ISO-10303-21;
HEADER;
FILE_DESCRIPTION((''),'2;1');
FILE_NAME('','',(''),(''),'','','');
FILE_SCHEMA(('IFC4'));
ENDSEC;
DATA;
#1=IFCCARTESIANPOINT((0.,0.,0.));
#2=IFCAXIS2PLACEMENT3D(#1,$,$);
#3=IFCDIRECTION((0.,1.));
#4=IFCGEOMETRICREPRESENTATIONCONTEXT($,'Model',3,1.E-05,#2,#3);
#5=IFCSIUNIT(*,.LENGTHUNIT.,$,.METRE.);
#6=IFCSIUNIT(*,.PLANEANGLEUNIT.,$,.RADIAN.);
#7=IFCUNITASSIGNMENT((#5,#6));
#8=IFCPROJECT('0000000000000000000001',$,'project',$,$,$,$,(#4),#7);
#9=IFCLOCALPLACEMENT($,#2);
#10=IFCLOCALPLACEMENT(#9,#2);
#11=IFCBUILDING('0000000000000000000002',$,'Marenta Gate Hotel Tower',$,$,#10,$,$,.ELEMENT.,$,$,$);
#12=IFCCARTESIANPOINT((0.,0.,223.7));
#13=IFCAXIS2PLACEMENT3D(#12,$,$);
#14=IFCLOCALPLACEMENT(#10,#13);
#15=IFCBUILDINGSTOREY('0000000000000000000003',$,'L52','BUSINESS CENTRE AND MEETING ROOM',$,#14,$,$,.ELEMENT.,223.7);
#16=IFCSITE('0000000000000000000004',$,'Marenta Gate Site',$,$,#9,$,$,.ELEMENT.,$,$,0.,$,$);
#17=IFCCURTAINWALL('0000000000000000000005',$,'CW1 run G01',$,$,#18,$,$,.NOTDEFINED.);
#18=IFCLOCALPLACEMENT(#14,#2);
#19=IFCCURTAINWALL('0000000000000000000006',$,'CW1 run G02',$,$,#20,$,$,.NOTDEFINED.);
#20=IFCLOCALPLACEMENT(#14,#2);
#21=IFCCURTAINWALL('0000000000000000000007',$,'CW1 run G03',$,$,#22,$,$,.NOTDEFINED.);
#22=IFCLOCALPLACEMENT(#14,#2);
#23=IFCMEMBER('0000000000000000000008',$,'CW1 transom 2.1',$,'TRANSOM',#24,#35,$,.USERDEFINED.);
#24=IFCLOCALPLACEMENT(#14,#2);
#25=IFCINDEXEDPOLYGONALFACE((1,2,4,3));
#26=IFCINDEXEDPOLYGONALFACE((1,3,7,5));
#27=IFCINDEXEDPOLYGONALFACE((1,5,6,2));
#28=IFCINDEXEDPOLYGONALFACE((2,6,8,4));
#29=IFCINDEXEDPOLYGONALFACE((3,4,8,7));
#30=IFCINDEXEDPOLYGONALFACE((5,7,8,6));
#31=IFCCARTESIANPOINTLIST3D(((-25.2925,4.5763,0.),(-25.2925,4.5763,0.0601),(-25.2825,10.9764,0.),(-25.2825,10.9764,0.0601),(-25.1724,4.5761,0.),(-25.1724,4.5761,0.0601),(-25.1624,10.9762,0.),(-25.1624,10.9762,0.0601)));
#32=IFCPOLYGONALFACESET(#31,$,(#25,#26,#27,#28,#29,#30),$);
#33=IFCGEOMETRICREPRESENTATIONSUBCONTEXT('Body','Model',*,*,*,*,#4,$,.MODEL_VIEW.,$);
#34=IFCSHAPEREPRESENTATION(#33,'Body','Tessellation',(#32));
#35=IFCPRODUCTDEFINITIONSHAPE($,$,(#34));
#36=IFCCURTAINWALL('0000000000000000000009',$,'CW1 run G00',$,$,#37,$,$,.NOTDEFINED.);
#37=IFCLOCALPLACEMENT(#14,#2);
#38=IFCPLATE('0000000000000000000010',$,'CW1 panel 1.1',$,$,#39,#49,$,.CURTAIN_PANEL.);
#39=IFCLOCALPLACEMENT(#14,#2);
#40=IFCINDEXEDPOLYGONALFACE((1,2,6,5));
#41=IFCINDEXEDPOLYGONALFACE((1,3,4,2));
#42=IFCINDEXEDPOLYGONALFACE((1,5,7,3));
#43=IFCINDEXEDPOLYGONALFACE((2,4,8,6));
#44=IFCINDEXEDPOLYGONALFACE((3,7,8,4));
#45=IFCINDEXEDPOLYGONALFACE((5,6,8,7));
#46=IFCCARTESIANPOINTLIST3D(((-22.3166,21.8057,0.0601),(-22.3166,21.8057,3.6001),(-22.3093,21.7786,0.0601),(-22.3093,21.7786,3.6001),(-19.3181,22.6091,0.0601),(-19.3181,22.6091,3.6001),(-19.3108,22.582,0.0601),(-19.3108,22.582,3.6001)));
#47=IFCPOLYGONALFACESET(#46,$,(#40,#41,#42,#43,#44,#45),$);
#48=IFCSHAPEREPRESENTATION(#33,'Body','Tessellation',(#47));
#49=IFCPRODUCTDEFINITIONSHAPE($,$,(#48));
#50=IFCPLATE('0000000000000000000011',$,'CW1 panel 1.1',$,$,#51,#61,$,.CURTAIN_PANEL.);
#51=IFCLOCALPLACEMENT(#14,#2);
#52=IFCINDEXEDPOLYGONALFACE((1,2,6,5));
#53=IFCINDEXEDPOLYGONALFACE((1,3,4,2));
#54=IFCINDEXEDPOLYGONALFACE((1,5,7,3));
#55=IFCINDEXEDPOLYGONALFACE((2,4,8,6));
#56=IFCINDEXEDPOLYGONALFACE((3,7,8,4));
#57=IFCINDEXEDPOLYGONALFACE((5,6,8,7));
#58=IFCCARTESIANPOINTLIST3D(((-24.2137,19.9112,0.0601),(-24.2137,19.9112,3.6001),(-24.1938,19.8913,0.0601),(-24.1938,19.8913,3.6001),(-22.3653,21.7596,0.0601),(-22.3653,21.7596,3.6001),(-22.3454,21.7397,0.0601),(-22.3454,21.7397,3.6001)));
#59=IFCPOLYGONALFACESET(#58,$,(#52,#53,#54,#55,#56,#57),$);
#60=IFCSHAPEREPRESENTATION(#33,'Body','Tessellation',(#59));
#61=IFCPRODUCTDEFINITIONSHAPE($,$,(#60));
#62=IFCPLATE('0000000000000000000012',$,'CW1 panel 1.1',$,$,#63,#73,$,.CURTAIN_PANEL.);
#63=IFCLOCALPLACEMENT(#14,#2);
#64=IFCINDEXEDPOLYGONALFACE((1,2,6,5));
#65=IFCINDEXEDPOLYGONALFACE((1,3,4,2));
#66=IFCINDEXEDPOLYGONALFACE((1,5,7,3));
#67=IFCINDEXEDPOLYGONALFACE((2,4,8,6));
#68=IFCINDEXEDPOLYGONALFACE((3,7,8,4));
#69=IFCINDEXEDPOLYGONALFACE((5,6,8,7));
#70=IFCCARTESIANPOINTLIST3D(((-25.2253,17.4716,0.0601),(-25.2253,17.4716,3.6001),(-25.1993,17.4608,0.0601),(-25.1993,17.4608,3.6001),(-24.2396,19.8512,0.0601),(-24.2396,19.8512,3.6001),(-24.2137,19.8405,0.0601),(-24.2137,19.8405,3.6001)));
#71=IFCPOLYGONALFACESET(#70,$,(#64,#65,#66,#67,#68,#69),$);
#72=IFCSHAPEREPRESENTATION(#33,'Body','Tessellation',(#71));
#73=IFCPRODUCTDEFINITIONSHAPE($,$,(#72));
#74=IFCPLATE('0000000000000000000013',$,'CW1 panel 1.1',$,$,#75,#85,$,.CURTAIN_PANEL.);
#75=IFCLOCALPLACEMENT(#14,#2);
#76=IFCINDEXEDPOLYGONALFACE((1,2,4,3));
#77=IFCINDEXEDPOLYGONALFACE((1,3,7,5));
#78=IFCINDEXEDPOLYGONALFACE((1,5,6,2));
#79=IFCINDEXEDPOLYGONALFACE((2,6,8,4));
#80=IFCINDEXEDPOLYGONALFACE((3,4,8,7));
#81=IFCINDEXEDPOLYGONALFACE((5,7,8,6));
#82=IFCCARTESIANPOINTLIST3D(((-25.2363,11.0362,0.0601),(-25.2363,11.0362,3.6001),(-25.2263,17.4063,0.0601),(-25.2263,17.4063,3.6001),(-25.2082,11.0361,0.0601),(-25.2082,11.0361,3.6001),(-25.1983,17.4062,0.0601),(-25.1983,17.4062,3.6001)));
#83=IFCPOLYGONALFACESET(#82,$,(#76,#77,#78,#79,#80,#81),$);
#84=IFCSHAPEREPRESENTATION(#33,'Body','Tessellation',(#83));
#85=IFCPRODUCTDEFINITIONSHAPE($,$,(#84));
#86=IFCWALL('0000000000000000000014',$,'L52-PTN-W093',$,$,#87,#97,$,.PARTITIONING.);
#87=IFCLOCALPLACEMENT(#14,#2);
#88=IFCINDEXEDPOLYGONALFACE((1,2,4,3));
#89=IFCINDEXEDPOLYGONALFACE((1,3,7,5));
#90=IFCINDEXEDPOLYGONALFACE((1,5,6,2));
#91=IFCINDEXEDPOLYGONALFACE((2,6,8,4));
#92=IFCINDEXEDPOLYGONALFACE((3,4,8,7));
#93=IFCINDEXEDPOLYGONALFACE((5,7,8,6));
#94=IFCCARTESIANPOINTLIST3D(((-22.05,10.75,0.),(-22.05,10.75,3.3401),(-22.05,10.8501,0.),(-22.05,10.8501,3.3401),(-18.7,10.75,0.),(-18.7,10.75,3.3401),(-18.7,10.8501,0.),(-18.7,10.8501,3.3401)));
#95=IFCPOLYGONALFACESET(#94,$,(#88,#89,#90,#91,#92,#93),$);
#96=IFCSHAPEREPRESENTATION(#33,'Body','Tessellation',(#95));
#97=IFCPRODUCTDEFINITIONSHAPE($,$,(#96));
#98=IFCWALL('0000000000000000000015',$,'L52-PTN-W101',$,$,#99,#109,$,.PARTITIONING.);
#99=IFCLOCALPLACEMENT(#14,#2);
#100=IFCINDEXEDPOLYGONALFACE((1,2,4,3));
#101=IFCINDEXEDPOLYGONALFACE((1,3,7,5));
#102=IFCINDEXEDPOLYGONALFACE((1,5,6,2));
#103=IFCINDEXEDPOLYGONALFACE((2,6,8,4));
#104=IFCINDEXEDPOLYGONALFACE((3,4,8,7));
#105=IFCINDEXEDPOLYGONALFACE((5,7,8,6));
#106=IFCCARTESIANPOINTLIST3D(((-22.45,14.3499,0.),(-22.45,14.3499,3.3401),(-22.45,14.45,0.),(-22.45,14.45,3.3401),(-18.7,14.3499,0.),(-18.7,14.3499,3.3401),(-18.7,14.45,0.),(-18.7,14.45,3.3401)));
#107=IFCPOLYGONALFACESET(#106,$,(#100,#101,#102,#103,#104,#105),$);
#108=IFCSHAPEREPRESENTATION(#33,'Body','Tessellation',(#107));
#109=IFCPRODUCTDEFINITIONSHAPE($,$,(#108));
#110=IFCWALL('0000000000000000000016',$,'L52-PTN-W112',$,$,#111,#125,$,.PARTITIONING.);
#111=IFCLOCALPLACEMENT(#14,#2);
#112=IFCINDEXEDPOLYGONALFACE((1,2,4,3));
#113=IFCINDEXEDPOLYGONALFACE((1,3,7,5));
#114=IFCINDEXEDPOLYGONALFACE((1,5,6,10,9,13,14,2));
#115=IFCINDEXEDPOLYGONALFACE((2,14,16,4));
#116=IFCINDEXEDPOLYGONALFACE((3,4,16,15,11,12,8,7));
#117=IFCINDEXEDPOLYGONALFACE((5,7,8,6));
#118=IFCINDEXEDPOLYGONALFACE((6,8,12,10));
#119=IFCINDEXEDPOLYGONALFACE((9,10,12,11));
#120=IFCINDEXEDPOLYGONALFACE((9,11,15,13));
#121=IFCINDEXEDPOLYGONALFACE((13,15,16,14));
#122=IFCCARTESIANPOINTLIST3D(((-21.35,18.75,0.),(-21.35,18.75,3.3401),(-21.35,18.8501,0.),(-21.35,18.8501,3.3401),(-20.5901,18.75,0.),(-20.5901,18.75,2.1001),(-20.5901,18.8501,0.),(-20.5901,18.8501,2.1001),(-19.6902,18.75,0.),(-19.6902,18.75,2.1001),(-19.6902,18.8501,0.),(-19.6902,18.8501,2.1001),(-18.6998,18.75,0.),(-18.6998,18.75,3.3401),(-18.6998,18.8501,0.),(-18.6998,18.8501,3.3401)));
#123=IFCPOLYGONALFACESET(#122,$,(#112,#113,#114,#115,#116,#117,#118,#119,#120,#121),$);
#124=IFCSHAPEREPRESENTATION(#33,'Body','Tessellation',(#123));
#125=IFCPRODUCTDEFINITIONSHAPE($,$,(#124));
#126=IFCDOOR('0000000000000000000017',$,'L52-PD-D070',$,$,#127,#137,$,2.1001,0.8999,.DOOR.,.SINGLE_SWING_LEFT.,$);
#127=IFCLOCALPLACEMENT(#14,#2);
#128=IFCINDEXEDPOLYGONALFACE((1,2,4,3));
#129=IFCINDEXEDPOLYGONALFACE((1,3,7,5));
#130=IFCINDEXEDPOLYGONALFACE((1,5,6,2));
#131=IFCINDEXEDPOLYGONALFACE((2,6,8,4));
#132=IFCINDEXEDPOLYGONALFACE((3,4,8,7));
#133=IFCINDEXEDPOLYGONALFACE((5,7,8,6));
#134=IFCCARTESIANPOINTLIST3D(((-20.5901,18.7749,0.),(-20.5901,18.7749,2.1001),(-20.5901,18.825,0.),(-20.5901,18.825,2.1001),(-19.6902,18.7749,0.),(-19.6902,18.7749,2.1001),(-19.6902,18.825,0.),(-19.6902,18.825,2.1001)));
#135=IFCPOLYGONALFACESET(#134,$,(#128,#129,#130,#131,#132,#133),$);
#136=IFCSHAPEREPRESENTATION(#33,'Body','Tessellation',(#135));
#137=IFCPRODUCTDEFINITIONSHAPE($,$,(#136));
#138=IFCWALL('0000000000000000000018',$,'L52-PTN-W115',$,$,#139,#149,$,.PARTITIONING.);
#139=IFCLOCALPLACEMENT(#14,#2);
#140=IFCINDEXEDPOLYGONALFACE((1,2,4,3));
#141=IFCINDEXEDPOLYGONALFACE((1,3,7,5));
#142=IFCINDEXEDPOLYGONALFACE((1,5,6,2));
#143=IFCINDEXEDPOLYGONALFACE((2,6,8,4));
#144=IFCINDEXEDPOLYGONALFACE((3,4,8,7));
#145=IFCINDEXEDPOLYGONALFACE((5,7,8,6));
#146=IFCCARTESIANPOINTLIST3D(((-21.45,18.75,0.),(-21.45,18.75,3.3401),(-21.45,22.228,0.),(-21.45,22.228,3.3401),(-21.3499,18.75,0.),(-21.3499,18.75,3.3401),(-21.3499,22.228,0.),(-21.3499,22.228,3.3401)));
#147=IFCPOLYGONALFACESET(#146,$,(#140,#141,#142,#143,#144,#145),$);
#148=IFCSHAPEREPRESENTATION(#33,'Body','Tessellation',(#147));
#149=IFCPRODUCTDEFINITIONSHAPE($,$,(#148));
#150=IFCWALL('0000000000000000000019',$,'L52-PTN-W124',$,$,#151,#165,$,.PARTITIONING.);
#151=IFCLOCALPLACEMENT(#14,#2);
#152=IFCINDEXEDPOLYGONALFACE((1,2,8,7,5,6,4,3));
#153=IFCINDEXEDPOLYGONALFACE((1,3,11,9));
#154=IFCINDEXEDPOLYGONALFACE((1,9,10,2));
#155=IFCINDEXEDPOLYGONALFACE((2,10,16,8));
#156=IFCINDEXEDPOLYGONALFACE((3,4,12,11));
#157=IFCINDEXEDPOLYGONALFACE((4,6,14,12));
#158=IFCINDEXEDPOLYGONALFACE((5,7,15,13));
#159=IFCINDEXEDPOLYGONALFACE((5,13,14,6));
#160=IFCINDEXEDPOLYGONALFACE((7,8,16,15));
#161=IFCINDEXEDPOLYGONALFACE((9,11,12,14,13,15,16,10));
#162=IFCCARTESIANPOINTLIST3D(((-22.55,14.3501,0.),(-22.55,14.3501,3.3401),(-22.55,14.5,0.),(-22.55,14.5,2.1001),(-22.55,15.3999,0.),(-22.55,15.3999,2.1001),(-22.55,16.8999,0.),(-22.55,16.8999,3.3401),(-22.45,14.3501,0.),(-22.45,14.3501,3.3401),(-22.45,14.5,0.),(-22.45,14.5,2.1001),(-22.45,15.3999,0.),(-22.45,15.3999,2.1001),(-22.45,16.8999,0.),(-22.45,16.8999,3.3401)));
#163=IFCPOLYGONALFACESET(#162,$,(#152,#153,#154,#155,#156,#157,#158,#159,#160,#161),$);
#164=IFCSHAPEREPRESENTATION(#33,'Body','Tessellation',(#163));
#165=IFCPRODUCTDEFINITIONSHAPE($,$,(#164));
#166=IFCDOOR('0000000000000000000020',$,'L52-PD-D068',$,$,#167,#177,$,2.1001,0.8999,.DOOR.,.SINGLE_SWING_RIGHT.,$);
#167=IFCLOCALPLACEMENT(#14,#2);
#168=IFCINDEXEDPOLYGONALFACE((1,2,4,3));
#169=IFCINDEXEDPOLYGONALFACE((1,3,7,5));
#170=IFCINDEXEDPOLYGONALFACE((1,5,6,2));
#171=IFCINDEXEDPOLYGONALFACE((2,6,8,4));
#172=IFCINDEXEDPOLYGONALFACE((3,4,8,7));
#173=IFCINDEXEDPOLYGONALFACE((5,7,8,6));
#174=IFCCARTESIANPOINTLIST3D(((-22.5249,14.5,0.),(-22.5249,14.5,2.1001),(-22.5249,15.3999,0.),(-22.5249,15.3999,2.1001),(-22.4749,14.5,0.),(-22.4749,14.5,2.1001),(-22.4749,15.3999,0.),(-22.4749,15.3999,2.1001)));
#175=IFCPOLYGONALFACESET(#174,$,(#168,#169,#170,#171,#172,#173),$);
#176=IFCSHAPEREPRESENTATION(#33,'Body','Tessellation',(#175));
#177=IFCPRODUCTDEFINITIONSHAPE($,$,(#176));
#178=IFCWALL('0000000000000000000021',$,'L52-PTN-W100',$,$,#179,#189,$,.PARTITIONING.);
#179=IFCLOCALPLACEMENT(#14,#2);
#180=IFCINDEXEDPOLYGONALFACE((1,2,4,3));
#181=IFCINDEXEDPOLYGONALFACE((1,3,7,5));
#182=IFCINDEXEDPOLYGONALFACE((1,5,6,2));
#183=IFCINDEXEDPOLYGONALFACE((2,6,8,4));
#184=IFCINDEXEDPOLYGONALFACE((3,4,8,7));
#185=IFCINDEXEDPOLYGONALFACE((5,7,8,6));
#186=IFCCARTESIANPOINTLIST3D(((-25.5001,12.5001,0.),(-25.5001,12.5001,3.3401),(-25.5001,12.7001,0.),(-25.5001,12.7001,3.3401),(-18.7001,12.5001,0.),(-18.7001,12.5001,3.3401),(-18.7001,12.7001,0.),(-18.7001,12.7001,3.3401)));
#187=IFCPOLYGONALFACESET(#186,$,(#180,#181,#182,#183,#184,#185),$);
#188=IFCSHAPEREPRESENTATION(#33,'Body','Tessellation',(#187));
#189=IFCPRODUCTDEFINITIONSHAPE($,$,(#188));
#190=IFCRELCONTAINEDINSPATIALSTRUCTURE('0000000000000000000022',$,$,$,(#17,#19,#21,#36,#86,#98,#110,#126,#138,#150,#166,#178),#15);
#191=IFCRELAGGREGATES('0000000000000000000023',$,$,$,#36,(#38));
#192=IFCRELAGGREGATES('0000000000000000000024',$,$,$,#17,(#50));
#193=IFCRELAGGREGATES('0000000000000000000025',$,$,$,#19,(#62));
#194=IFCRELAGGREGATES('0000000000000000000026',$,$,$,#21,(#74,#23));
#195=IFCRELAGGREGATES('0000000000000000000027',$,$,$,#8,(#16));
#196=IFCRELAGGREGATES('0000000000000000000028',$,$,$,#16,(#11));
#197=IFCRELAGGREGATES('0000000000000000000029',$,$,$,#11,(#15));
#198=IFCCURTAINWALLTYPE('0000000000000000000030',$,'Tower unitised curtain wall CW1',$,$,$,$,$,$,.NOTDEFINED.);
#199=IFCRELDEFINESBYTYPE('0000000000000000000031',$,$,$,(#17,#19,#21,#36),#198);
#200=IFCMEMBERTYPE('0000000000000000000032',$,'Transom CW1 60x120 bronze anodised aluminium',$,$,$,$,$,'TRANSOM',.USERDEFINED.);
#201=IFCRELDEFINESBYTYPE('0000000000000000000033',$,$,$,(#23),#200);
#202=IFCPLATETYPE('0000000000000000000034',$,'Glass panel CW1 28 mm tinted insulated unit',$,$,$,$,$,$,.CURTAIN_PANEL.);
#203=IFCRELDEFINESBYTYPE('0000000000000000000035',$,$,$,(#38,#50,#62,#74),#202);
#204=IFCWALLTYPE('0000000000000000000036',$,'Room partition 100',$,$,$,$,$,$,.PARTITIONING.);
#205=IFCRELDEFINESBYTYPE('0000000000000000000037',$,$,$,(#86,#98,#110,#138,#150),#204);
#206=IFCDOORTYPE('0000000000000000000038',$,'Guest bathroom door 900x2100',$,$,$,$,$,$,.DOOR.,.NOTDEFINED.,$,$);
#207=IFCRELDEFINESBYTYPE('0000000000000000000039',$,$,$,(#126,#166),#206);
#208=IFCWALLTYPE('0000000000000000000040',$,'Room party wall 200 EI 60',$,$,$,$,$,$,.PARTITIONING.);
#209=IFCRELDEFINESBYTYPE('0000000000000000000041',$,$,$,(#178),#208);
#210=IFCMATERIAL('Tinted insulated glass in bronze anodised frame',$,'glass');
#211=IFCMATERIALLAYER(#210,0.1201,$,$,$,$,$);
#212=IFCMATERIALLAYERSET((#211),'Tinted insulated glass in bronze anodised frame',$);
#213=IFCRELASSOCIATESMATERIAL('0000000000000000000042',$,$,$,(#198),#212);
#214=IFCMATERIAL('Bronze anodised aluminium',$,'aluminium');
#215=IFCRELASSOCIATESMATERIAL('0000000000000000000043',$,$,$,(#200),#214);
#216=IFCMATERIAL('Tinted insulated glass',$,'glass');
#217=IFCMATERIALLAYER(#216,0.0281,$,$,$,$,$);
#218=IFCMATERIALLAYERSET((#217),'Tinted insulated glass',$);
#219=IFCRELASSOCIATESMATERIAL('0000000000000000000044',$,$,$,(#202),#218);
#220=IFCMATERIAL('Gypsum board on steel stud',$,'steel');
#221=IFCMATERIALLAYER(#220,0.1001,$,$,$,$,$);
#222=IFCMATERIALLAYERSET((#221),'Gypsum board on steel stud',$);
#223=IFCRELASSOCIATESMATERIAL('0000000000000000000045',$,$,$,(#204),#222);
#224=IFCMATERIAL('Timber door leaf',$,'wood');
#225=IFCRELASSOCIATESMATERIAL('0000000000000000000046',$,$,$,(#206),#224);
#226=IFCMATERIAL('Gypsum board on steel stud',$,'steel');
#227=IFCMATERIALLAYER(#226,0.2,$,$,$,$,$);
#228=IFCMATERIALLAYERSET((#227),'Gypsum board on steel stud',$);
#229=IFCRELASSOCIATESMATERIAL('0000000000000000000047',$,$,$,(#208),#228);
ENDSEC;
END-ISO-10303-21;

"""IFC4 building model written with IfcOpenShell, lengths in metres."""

from ifc_helpers import new_model, si_unit, direction, frame, frame_2d, origin, origin_2d, place, context, subcontext, project, spatial, rectangle, extrude, material, layer, layer_set, material_profile, profile_set, type_object, element, fill, aggregate, save


model = new_model("IFC4")

# Units and contexts
model_context = context("Model", 3, precision=1e-05, world=origin(), true_north=direction((0.0, 1.0)))
body_context = subcontext(model_context, "Body", "Model", "MODEL_VIEW")
ifc_project = project(units=[si_unit("LENGTHUNIT", "METRE"), si_unit("PLANEANGLEUNIT", "RADIAN")], contexts=[model_context])

# Site, building, storey
site_placement = place(None, origin())
site = spatial("IfcSite", under=ifc_project, at=site_placement, Name="Marenta Gate Site", CompositionType="ELEMENT", RefElevation=0.0)
building_placement = place(site_placement, origin())
building = spatial("IfcBuilding", under=site, at=building_placement, Name="Marenta Gate Hotel Tower", CompositionType="ELEMENT")
storey_placement = place(building_placement, frame((0.0, 0.0, 223.7)))
storey = spatial("IfcBuildingStorey", under=building, at=storey_placement, Name="L52", Description="BUSINESS CENTRE AND MEETING ROOM", CompositionType="ELEMENT", Elevation=223.7)

# Curtain walls
ifc_material_1 = material(Name="Tinted insulated glass in bronze anodised frame", Category="glass")
ifc_layer_1 = layer(ifc_material_1, 0.1201)
ifc_layer_set_1 = layer_set([ifc_layer_1], Name="Tinted insulated glass in bronze anodised frame")
curtain_wall_type = type_object("IfcCurtainWallType", Name="Tower unitised curtain wall CW1", PredefinedType="NOTDEFINED", material=ifc_layer_set_1)
curtain_wall_1_placement = place(storey_placement, origin())
curtain_wall_1 = element("IfcCurtainWall", 1, at=curtain_wall_1_placement, inside=storey, type_object=curtain_wall_type, Name="CW1 run G01", PredefinedType="NOTDEFINED")
curtain_wall_2_placement = place(storey_placement, origin())
curtain_wall_2 = element("IfcCurtainWall", 2, at=curtain_wall_2_placement, inside=storey, type_object=curtain_wall_type, Name="CW1 run G02", PredefinedType="NOTDEFINED")

# Curtain wall
curtain_wall_3_placement = place(storey_placement, origin())
curtain_wall_3 = element("IfcCurtainWall", 3, at=curtain_wall_3_placement, inside=storey, type_object=curtain_wall_type, Name="CW1 run G03", PredefinedType="NOTDEFINED")

# Member
ifc_material_2 = material(Name="Bronze anodised aluminium", Category="aluminium")
ifc_material_profile_1 = material_profile(ifc_material_2, rectangle(XDim=0.1201, YDim=0.0601, at=origin_2d()), Name="Transom CW1 60x120 bronze anodised aluminium")
ifc_profile_set_1 = profile_set([ifc_material_profile_1], Name="Bronze anodised aluminium")
member_type_1 = type_object("IfcMemberType", Name="Transom CW1 60x120 bronze anodised aluminium", ElementType="TRANSOM", PredefinedType="USERDEFINED", material=ifc_profile_set_1)
member_1_placement = place(storey_placement, frame((-25.2224, 10.9763, 0.03), z_axis=(-0.001564, -0.999999, 0.0), x_axis=(0.999999, -0.001564, 0.0)))
member_1 = element("IfcMember", 4, at=member_1_placement, type_object=member_type_1, Name="CW1 transom 2.1", ObjectType="TRANSOM", PredefinedType="USERDEFINED", context=body_context, shape_type="SweptSolid", body=[
    extrude(rectangle(XDim=0.1201, YDim=0.0601, at=origin_2d()), origin(), (0.0, 0.0, 1.0), 6.4001),
])

# Curtain wall, plate
curtain_wall_4_placement = place(storey_placement, origin())
curtain_wall_4 = element("IfcCurtainWall", 5, at=curtain_wall_4_placement, inside=storey, type_object=curtain_wall_type, Name="CW1 run G00", PredefinedType="NOTDEFINED")
ifc_material_3 = material(Name="Tinted insulated glass", Category="glass")
ifc_layer_2 = layer(ifc_material_3, 0.0281)
ifc_layer_set_2 = layer_set([ifc_layer_2], Name="Tinted insulated glass")
plate_type = type_object("IfcPlateType", Name="Glass panel CW1 28 mm tinted insulated unit", PredefinedType="CURTAIN_PANEL", material=ifc_layer_set_2)
plate_1_placement = place(storey_placement, frame((-20.8137, 22.1938, 0.0601), z_axis=(0.0, 0.0, 1.0), x_axis=(-0.965931, -0.258801, 0.0)))
plate_1 = element("IfcPlate", 6, at=plate_1_placement, type_object=plate_type, Name="CW1 panel 1.1", PredefinedType="CURTAIN_PANEL", context=body_context, shape_type="SweptSolid", body=[
    extrude(rectangle(XDim=3.1042, YDim=0.0281, at=origin_2d()), origin(), (0.0, 0.0, 1.0), 3.54),
])
aggregate(curtain_wall_4, [plate_1])

# Plates
plate_2_placement = place(storey_placement, frame((-23.2795, 20.8254, 0.0601), z_axis=(0.0, 0.0, 1.0), x_axis=(-0.707107, -0.707107, 0.0)))
plate_2 = element("IfcPlate", 7, at=plate_2_placement, type_object=plate_type, Name="CW1 panel 1.1", PredefinedType="CURTAIN_PANEL", context=body_context, shape_type="SweptSolid", body=[
    extrude(rectangle(XDim=2.614, YDim=0.0281, at=origin_2d()), origin(), (0.0, 0.0, 1.0), 3.54),
])
aggregate(curtain_wall_1, [plate_2])
plate_3_placement = place(storey_placement, frame((-24.7195, 18.656, 0.0601), z_axis=(0.0, 0.0, 1.0), x_axis=(-0.382667, -0.923886, 0.0)))
plate_3 = element("IfcPlate", 8, at=plate_3_placement, type_object=plate_type, Name="CW1 panel 1.1", PredefinedType="CURTAIN_PANEL", context=body_context, shape_type="SweptSolid", body=[
    extrude(rectangle(XDim=2.5757, YDim=0.0281, at=origin_2d()), origin(), (0.0, 0.0, 1.0), 3.54),
])
aggregate(curtain_wall_2, [plate_3])
plate_4_placement = place(storey_placement, frame((-25.2173, 14.2212, 0.0601), z_axis=(0.0, 0.0, 1.0), x_axis=(-0.001566, -0.999999, 0.0)))
plate_4 = element("IfcPlate", 9, at=plate_4_placement, type_object=plate_type, Name="CW1 panel 1.1", PredefinedType="CURTAIN_PANEL", context=body_context, shape_type="SweptSolid", body=[
    extrude(rectangle(XDim=6.3701, YDim=0.0281, at=origin_2d()), origin(), (0.0, 0.0, 1.0), 3.54),
])
aggregate(curtain_wall_3, [plate_4, member_1])

# Walls
ifc_material_4 = material(Name="Gypsum board on steel stud", Category="steel")
ifc_layer_3 = layer(ifc_material_4, 0.1001)
ifc_layer_set_3 = layer_set([ifc_layer_3], Name="Gypsum board on steel stud")
wall_type_1 = type_object("IfcWallType", Name="Room partition 100", PredefinedType="PARTITIONING", material=ifc_layer_set_3)
wall_1_placement = place(storey_placement, frame((-22.05, 10.8, 0.0), z_axis=(0.0, 0.0, 1.0), x_axis=(1.0, 0.0, 0.0)))
element("IfcWall", 10, at=wall_1_placement, inside=storey, type_object=wall_type_1, Name="L52-PTN-W093", PredefinedType="PARTITIONING", context=body_context, shape_type="SweptSolid", body=[
    extrude(rectangle(XDim=3.3501, YDim=0.1001, at=frame_2d((1.675, 0.0))), origin(), (0.0, 0.0, 1.0), 3.3401),
])
wall_2_placement = place(storey_placement, frame((-22.45, 14.3999, 0.0), z_axis=(0.0, 0.0, 1.0), x_axis=(1.0, 0.0, 0.0)))
element("IfcWall", 11, at=wall_2_placement, inside=storey, type_object=wall_type_1, Name="L52-PTN-W101", PredefinedType="PARTITIONING", context=body_context, shape_type="SweptSolid", body=[
    extrude(rectangle(XDim=3.75, YDim=0.1001, at=frame_2d((1.875, 0.0))), origin(), (0.0, 0.0, 1.0), 3.3401),
])

# Wall, opening, door
wall_3_placement = place(storey_placement, frame((-21.3501, 18.8, 0.0), z_axis=(0.0, 0.0, 1.0), x_axis=(1.0, 0.0, 0.0)))
wall_3 = element("IfcWall", 12, at=wall_3_placement, inside=storey, type_object=wall_type_1, Name="L52-PTN-W112", PredefinedType="PARTITIONING", context=body_context, shape_type="SweptSolid", body=[
    extrude(rectangle(XDim=2.6501, YDim=0.1001, at=frame_2d((1.3252, 0.0))), origin(), (0.0, 0.0, 1.0), 3.3401),
])
opening_1_placement = place(wall_3_placement, frame((0.76, 0.0, 0.0)))
opening_1 = element("IfcOpeningElement", 13, at=opening_1_placement, cuts=wall_3, PredefinedType="OPENING", context=body_context, shape_type="SweptSolid", body=[
    extrude(rectangle(XDim=0.8999, YDim=2.1001, at=frame_2d((0.45, 1.05))), frame((0.0, 0.05, 0.0), z_axis=(0.0, -1.0, 0.0), x_axis=(1.0, 0.0, 0.0)), (0.0, 0.0, 1.0), 0.1001),
])
ifc_material_5 = material(Name="Timber door leaf", Category="wood")
door_type = type_object("IfcDoorType", Name="Guest bathroom door 900x2100", OperationType="NOTDEFINED", PredefinedType="DOOR", material=ifc_material_5)
door_1_placement = place(opening_1_placement, origin())
door_1 = element("IfcDoor", 14, at=door_1_placement, inside=storey, type_object=door_type, Name="L52-PD-D070", OperationType="SINGLE_SWING_LEFT", OverallHeight=2.1001, OverallWidth=0.8999, PredefinedType="DOOR", context=body_context, shape_type="SweptSolid", body=[
    extrude(rectangle(XDim=0.8999, YDim=2.1001, at=frame_2d((0.45, 1.05))), frame((0.0, 0.0249, 0.0), z_axis=(0.0, -1.0, 0.0), x_axis=(1.0, 0.0, 0.0)), (0.0, 0.0, 1.0), 0.05),
])
fill(opening_1, door_1)

# Wall
wall_4_placement = place(storey_placement, frame((-21.3999, 18.75, 0.0), z_axis=(0.0, 0.0, 1.0), x_axis=(0.0, 1.0, 0.0)))
element("IfcWall", 15, at=wall_4_placement, inside=storey, type_object=wall_type_1, Name="L52-PTN-W115", PredefinedType="PARTITIONING", context=body_context, shape_type="SweptSolid", body=[
    extrude(rectangle(XDim=3.478, YDim=0.1001, at=frame_2d((1.739, 0.0))), origin(), (0.0, 0.0, 1.0), 3.3401),
])

# Wall, opening, door
wall_5_placement = place(storey_placement, frame((-22.5, 14.3501, 0.0), z_axis=(0.0, 0.0, 1.0), x_axis=(0.0, 1.0, 0.0)))
wall_5 = element("IfcWall", 16, at=wall_5_placement, inside=storey, type_object=wall_type_1, Name="L52-PTN-W124", PredefinedType="PARTITIONING", context=body_context, shape_type="SweptSolid", body=[
    extrude(rectangle(XDim=2.5498, YDim=0.1001, at=frame_2d((1.2749, 0.0))), origin(), (0.0, 0.0, 1.0), 3.3401),
])
opening_2_placement = place(wall_5_placement, frame((0.1499, 0.0, 0.0)))
opening_2 = element("IfcOpeningElement", 17, at=opening_2_placement, cuts=wall_5, PredefinedType="OPENING", context=body_context, shape_type="SweptSolid", body=[
    extrude(rectangle(XDim=0.8999, YDim=2.1001, at=frame_2d((0.45, 1.05))), frame((0.0, 0.05, 0.0), z_axis=(0.0, -1.0, 0.0), x_axis=(1.0, 0.0, 0.0)), (0.0, 0.0, 1.0), 0.1001),
])
door_2_placement = place(opening_2_placement, origin())
door_2 = element("IfcDoor", 18, at=door_2_placement, inside=storey, type_object=door_type, Name="L52-PD-D068", OperationType="SINGLE_SWING_RIGHT", OverallHeight=2.1001, OverallWidth=0.8999, PredefinedType="DOOR", context=body_context, shape_type="SweptSolid", body=[
    extrude(rectangle(XDim=0.8999, YDim=2.1001, at=frame_2d((0.45, 1.05))), frame((0.0, 0.0249, 0.0), z_axis=(0.0, -1.0, 0.0), x_axis=(1.0, 0.0, 0.0)), (0.0, 0.0, 1.0), 0.05),
])
fill(opening_2, door_2)

# Wall
ifc_material_6 = material(Name="Gypsum board on steel stud", Category="steel")
ifc_layer_4 = layer(ifc_material_6, 0.2)
ifc_layer_set_4 = layer_set([ifc_layer_4], Name="Gypsum board on steel stud")
wall_type_2 = type_object("IfcWallType", Name="Room party wall 200 EI 60", PredefinedType="PARTITIONING", material=ifc_layer_set_4)
wall_6_placement = place(storey_placement, frame((-25.5, 12.6001, 0.0), z_axis=(0.0, 0.0, 1.0), x_axis=(1.0, 0.0, 0.0)))
element("IfcWall", 19, at=wall_6_placement, inside=storey, type_object=wall_type_2, Name="L52-PTN-W100", PredefinedType="PARTITIONING", context=body_context, shape_type="SweptSolid", body=[
    extrude(rectangle(XDim=6.8, YDim=0.2, at=frame_2d((3.3999, 0.0))), origin(), (0.0, 0.0, 1.0), 3.3401),
])

save(model, "model.ifc")
